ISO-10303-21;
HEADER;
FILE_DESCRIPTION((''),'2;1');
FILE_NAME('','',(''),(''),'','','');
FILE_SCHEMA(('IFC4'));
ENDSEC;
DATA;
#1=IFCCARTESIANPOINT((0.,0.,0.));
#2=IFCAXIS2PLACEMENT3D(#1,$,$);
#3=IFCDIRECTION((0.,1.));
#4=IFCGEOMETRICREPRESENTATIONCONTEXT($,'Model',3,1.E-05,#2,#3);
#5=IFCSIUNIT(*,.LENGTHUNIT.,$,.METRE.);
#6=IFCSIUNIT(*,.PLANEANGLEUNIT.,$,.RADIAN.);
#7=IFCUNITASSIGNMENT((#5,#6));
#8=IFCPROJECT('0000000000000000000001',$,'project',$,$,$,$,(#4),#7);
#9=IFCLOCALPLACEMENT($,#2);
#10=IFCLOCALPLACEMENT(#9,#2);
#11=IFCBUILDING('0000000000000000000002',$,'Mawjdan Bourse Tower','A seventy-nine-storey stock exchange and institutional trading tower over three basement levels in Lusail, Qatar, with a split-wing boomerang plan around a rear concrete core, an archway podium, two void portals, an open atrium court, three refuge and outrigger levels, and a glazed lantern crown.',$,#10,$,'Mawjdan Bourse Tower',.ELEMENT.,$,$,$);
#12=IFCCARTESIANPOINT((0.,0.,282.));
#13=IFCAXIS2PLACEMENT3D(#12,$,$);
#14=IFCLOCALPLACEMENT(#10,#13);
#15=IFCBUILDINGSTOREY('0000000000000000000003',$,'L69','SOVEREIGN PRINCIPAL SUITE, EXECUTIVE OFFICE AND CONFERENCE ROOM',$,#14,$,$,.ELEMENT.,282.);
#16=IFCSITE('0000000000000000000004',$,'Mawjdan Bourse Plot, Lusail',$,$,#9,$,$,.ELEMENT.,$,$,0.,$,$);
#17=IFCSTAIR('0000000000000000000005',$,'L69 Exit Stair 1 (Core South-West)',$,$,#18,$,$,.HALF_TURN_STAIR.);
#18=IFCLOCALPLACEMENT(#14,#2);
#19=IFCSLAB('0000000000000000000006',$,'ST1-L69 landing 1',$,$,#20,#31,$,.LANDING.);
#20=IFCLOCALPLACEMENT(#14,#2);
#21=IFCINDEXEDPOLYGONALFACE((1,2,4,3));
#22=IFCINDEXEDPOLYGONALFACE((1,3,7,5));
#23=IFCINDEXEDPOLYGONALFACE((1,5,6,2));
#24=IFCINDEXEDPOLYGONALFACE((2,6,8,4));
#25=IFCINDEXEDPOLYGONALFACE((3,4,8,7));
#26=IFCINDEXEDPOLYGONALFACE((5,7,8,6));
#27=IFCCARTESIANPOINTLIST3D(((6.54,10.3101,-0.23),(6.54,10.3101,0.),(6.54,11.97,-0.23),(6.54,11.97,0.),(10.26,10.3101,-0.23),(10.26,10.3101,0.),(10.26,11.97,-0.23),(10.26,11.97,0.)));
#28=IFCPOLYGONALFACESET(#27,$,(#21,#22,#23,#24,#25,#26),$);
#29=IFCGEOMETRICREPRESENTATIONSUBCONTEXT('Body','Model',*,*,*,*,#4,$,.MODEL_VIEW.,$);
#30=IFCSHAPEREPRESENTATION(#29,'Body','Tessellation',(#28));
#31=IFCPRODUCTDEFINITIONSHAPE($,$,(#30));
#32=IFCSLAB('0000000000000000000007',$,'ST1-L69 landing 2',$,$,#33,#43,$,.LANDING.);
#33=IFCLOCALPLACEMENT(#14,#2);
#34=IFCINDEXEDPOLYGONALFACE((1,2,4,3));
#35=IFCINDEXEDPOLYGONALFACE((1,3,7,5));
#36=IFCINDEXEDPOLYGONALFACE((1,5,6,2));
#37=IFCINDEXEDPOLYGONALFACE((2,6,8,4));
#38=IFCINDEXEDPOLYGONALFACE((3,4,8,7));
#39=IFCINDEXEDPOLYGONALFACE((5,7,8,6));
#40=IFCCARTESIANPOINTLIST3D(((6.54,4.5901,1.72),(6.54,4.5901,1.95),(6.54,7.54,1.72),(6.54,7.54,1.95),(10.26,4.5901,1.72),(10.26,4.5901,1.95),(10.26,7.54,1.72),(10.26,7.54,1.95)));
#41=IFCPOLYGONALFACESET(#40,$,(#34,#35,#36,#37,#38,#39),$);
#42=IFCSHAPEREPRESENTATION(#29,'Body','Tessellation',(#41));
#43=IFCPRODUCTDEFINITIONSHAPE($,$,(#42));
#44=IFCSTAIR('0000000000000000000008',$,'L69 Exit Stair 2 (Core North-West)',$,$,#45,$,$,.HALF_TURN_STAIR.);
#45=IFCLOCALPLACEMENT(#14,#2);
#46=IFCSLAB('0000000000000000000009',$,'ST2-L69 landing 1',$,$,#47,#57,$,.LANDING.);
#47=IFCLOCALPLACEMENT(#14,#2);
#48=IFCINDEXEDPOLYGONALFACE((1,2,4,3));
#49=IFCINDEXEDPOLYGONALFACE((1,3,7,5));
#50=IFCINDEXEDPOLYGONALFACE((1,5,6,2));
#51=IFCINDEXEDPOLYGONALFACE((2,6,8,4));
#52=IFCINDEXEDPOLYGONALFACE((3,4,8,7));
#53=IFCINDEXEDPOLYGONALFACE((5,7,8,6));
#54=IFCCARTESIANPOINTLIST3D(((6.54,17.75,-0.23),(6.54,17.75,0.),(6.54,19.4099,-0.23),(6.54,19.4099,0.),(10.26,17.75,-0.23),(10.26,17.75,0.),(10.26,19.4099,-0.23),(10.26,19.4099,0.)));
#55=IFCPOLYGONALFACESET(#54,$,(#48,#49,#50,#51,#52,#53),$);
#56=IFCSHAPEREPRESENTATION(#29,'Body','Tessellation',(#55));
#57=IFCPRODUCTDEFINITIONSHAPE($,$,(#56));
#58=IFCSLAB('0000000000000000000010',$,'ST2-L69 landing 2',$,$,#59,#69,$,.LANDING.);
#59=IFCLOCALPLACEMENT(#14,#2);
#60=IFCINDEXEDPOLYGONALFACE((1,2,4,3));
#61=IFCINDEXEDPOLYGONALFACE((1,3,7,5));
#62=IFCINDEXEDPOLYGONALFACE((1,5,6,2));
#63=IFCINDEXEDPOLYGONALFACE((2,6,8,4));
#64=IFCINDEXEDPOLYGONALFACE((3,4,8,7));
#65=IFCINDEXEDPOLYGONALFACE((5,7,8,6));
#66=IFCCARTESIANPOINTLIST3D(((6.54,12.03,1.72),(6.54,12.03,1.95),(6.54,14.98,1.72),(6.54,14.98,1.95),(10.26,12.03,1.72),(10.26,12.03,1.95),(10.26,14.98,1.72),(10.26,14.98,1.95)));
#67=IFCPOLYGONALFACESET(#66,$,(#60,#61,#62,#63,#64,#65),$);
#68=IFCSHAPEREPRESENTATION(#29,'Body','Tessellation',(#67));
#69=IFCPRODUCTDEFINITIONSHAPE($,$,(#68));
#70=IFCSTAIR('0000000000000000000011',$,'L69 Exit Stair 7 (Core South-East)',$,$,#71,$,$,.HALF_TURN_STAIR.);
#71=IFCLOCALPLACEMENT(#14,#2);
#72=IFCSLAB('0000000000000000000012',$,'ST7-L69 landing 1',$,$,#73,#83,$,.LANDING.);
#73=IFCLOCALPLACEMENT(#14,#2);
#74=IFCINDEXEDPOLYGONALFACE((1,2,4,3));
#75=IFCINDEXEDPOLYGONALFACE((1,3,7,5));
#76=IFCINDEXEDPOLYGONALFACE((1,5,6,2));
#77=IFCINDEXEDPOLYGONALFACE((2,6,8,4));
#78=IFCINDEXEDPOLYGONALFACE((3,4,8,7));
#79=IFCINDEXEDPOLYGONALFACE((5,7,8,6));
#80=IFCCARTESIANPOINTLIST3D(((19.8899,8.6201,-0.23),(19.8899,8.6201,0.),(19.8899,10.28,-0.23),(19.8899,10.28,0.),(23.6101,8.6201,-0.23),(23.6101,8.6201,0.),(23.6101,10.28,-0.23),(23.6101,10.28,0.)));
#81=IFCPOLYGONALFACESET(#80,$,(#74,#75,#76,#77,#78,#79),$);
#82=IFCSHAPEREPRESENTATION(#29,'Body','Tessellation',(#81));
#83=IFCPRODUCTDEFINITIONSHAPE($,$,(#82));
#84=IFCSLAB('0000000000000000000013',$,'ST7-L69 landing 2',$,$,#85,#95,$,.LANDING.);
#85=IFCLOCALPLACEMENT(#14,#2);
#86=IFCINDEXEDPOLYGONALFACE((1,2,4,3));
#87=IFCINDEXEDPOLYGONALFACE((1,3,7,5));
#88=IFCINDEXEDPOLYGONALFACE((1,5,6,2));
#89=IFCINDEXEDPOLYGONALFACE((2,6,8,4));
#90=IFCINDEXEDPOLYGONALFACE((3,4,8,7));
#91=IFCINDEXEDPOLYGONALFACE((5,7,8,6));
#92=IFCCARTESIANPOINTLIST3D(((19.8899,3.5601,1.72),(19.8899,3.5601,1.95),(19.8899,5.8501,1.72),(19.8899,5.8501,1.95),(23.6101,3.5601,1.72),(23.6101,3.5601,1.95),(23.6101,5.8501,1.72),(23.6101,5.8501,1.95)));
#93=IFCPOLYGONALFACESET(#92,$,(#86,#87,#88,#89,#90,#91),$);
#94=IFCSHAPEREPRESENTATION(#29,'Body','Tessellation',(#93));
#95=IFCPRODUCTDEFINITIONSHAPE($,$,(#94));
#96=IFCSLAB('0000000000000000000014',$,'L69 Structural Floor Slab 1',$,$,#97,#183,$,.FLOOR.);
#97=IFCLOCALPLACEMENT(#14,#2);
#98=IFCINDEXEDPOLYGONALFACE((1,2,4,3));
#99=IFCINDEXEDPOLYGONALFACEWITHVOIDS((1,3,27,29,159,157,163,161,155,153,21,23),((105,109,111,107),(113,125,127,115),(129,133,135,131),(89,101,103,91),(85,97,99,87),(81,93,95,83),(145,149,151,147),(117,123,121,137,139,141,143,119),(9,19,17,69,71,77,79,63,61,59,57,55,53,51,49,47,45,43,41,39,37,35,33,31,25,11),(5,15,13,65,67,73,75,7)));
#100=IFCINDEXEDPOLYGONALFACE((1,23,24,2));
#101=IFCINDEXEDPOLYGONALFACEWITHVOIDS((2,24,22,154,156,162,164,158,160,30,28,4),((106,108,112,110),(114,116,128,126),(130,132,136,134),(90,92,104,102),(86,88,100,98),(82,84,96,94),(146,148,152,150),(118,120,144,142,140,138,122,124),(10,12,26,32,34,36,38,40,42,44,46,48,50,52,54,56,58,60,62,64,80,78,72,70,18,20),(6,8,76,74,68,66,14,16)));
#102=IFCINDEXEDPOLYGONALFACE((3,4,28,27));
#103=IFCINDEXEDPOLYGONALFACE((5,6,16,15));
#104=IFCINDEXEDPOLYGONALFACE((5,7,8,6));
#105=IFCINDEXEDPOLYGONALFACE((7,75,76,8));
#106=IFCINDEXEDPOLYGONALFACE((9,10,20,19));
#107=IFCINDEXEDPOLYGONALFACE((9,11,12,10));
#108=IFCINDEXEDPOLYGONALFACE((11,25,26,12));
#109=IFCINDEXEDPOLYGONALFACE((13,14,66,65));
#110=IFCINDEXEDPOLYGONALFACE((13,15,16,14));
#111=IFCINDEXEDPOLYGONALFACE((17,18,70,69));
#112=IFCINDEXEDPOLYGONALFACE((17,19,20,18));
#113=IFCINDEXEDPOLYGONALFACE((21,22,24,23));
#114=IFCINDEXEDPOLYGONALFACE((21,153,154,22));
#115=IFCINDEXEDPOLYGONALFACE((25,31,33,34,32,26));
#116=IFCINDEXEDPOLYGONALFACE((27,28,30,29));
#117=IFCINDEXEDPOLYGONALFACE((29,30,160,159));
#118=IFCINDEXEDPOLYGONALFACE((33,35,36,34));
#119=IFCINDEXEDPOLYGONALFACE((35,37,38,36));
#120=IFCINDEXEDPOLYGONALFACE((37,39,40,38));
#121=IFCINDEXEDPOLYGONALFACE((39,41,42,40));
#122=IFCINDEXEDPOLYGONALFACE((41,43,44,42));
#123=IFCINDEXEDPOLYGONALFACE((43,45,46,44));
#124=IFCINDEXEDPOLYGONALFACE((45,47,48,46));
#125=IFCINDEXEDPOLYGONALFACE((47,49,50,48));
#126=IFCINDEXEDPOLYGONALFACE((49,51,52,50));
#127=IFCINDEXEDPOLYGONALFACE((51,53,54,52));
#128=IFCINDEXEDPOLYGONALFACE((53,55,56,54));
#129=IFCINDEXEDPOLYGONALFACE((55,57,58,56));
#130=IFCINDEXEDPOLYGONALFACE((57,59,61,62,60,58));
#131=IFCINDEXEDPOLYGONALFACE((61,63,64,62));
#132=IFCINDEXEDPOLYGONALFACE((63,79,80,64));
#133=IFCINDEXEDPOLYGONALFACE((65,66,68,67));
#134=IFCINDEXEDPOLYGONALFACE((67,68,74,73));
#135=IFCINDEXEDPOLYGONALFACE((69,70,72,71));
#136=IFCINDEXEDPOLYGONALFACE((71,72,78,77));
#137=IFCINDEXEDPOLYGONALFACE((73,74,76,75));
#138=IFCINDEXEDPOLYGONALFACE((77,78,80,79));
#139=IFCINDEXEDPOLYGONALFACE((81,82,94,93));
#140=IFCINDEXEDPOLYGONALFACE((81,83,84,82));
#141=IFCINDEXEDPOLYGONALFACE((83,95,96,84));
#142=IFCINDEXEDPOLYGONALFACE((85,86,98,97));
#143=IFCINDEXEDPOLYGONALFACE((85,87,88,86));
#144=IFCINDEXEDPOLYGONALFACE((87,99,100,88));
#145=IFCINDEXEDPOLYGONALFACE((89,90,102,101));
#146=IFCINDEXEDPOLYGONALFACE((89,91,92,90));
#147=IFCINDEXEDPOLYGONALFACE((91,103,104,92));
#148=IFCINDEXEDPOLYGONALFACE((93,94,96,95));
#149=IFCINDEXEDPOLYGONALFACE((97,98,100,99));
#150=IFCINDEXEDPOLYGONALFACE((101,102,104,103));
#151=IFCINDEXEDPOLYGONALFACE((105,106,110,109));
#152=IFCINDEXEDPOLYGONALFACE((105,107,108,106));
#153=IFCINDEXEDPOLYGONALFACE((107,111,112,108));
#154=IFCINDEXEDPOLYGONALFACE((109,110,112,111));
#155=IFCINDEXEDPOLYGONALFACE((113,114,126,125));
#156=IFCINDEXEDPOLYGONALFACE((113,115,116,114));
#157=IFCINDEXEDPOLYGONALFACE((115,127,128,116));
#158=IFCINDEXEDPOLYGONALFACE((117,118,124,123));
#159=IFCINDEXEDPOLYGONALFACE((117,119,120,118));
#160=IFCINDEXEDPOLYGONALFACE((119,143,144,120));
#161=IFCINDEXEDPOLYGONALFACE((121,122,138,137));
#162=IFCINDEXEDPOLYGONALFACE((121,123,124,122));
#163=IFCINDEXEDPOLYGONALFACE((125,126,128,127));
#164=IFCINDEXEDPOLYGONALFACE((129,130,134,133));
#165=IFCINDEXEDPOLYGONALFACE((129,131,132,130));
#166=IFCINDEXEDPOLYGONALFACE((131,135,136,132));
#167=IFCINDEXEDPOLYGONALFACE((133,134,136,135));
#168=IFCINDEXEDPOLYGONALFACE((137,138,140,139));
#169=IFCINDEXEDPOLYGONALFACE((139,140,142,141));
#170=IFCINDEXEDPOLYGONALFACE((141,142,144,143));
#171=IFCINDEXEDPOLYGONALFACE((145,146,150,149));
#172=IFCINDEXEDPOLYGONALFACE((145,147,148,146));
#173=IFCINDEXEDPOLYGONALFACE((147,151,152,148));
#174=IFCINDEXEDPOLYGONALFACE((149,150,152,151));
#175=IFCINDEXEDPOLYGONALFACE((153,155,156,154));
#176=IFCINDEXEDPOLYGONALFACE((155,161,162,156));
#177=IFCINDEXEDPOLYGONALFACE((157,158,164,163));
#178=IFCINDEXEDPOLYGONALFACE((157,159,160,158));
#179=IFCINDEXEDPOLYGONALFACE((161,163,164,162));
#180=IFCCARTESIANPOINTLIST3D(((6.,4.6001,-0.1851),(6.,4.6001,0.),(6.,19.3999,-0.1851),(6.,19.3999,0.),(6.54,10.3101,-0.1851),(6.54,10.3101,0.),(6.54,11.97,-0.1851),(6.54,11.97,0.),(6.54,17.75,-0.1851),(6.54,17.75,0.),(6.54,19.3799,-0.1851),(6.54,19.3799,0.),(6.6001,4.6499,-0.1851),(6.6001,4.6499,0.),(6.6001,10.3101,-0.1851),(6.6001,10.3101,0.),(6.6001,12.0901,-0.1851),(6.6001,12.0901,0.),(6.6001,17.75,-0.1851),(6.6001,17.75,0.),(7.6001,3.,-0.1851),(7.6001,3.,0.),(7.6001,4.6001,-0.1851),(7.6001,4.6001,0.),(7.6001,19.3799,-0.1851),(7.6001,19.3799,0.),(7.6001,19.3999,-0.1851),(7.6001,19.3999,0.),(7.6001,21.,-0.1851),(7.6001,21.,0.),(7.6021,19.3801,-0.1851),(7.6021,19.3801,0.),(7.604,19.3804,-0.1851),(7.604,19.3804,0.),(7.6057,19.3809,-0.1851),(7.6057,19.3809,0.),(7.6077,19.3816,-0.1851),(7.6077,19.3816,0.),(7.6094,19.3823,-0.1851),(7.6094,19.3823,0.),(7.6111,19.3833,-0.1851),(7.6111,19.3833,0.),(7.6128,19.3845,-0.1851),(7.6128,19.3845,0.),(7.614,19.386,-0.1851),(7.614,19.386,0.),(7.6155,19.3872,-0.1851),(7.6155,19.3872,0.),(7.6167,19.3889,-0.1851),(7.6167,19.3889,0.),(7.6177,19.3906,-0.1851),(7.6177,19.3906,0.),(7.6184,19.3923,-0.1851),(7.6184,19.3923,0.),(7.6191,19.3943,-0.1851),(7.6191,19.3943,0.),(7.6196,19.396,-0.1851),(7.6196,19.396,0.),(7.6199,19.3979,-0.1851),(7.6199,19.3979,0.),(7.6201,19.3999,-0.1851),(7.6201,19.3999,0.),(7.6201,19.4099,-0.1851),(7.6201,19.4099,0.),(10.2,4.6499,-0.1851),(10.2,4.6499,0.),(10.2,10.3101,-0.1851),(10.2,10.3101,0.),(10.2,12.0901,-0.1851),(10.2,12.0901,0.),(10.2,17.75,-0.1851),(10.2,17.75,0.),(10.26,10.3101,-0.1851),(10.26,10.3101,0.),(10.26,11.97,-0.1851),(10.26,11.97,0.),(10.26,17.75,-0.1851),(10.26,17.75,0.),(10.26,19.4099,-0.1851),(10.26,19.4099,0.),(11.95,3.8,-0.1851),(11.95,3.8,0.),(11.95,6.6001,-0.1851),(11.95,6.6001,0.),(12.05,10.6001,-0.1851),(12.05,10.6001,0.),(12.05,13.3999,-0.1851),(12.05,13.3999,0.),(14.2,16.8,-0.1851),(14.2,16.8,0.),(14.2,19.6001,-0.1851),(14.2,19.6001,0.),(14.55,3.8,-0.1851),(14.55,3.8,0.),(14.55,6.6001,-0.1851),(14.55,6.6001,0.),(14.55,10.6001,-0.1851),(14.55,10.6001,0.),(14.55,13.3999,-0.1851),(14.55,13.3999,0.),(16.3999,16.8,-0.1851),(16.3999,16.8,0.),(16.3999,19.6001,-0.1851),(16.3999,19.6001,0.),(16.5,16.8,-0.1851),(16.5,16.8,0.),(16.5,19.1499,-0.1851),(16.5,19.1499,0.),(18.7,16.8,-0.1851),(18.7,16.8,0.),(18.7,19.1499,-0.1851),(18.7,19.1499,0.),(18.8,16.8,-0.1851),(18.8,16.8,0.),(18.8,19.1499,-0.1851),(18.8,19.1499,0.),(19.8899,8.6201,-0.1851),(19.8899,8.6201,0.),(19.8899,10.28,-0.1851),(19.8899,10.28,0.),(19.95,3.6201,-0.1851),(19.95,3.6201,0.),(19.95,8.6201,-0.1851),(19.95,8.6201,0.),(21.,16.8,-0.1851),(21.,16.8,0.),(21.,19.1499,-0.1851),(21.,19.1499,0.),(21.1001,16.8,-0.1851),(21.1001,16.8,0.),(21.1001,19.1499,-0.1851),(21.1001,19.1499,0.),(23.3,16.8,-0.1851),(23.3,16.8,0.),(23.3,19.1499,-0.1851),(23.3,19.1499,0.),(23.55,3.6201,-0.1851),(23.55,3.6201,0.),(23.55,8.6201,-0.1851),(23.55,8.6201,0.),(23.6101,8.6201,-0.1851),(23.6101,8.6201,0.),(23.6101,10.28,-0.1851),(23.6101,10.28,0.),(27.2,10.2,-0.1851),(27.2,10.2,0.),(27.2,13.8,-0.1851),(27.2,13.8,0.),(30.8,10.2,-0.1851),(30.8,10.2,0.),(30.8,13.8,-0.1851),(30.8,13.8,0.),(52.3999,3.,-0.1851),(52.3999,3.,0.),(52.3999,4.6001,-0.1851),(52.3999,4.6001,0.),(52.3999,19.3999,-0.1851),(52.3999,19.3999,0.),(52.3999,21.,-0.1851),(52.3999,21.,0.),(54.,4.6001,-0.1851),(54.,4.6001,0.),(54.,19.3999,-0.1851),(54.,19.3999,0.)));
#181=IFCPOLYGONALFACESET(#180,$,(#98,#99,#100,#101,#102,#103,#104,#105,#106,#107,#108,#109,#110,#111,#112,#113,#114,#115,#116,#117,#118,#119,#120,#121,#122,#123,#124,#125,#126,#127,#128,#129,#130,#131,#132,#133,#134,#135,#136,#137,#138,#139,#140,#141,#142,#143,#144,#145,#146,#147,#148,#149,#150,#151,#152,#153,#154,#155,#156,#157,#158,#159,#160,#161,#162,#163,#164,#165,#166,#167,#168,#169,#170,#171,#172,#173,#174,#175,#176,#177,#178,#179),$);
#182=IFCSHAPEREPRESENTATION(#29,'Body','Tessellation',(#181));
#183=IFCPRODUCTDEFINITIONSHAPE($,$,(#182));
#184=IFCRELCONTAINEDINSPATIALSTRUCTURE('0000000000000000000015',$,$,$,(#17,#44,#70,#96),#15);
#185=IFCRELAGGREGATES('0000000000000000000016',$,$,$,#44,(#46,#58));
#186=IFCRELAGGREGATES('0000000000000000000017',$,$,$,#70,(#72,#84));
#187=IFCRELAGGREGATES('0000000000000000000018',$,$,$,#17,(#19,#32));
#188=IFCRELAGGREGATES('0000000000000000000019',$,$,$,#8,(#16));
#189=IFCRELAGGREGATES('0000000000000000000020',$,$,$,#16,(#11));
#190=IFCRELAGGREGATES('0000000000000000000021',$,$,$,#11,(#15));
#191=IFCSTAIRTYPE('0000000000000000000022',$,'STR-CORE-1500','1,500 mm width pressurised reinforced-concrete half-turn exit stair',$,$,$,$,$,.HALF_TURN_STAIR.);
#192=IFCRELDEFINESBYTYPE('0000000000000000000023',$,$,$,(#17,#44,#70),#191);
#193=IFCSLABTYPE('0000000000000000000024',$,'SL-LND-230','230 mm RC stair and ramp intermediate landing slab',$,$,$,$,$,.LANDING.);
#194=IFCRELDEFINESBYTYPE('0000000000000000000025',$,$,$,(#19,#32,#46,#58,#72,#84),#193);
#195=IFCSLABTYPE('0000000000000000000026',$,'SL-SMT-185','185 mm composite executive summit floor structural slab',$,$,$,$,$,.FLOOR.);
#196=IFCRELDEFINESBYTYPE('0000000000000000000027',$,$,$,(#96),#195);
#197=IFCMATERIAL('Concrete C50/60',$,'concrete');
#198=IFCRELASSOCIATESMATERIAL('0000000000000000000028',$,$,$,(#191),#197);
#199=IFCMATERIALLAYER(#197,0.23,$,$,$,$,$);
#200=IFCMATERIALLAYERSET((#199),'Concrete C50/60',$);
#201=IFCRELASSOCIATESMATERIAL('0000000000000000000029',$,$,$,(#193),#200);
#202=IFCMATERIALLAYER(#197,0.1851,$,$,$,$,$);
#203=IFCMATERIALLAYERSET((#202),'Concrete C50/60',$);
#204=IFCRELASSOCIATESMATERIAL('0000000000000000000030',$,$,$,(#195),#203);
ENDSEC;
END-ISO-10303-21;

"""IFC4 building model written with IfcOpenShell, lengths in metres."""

from ifc_helpers import new_model, si_unit, direction, frame, origin, place, context, subcontext, project, spatial, polyline, outline, extrude, material, layer, layer_set, type_object, element, aggregate, save


model = new_model("IFC4")

# Units and contexts
model_context = context("Model", 3, precision=1e-05, world=origin(), true_north=direction((0.0, 1.0)))
body_context = subcontext(model_context, "Body", "Model", "MODEL_VIEW")
ifc_project = project(units=[si_unit("LENGTHUNIT", "METRE"), si_unit("PLANEANGLEUNIT", "RADIAN")], contexts=[model_context])

# Site, building, storey
site_placement = place(None, origin())
site = spatial("IfcSite", under=ifc_project, at=site_placement, Name="Mawjdan Bourse Plot, Lusail", CompositionType="ELEMENT", RefElevation=0.0)
building_placement = place(site_placement, origin())
building = spatial("IfcBuilding", under=site, at=building_placement, Name="Mawjdan Bourse Tower", Description="A seventy-nine-storey stock exchange and institutional trading tower over three basement levels in Lusail, Qatar, with a split-wing boomerang plan around a rear concrete core, an archway podium, two void portals, an open atrium court, three refuge and outrigger levels, and a glazed lantern crown.", LongName="Mawjdan Bourse Tower", CompositionType="ELEMENT")
storey_placement = place(building_placement, frame((0.0, 0.0, 282.0)))
storey = spatial("IfcBuildingStorey", under=building, at=storey_placement, Name="L69", Description="SOVEREIGN PRINCIPAL SUITE, EXECUTIVE OFFICE AND CONFERENCE ROOM", CompositionType="ELEMENT", Elevation=282.0)

# Stairs, slabs
ifc_material_1 = material(Name="Concrete C50/60", Category="concrete")
stair_type = type_object("IfcStairType", Name="STR-CORE-1500", Description="1,500 mm width pressurised reinforced-concrete half-turn exit stair", PredefinedType="HALF_TURN_STAIR", material=ifc_material_1)
stair_1_placement = place(storey_placement, origin())
stair_1 = element("IfcStair", 1, at=stair_1_placement, inside=storey, type_object=stair_type, Name="L69 Exit Stair 1 (Core South-West)", PredefinedType="HALF_TURN_STAIR")
ifc_layer_1 = layer(ifc_material_1, 0.23)
ifc_layer_set_1 = layer_set([ifc_layer_1], Name="Concrete C50/60")
slab_type_1 = type_object("IfcSlabType", Name="SL-LND-230", Description="230 mm RC stair and ramp intermediate landing slab", PredefinedType="LANDING", material=ifc_layer_set_1)
slab_1_placement = place(storey_placement, frame((0.0, 0.0, -0.23)))
slab_1 = element("IfcSlab", 2, at=slab_1_placement, type_object=slab_type_1, Name="ST1-L69 landing 1", PredefinedType="LANDING", context=body_context, shape_type="SweptSolid", body=[
    extrude(outline(polyline([(6.54, 10.3101), (10.26, 10.3101), (10.26, 11.97), (6.54, 11.97), (6.54, 10.3101)])), origin(), (0.0, 0.0, 1.0), 0.23),
])
slab_2_placement = place(storey_placement, frame((0.0, 0.0, 1.72)))
slab_2 = element("IfcSlab", 3, at=slab_2_placement, type_object=slab_type_1, Name="ST1-L69 landing 2", PredefinedType="LANDING", context=body_context, shape_type="SweptSolid", body=[
    extrude(outline(polyline([(6.54, 4.5901), (10.26, 4.5901), (10.26, 7.54), (6.54, 7.54), (6.54, 4.5901)])), origin(), (0.0, 0.0, 1.0), 0.23),
])
stair_2_placement = place(storey_placement, origin())
stair_2 = element("IfcStair", 4, at=stair_2_placement, inside=storey, type_object=stair_type, Name="L69 Exit Stair 2 (Core North-West)", PredefinedType="HALF_TURN_STAIR")
slab_3_placement = place(storey_placement, frame((0.0, 0.0, -0.23)))
slab_3 = element("IfcSlab", 5, at=slab_3_placement, type_object=slab_type_1, Name="ST2-L69 landing 1", PredefinedType="LANDING", context=body_context, shape_type="SweptSolid", body=[
    extrude(outline(polyline([(6.54, 17.75), (10.26, 17.75), (10.26, 19.4099), (6.54, 19.4099), (6.54, 17.75)])), origin(), (0.0, 0.0, 1.0), 0.23),
])
slab_4_placement = place(storey_placement, frame((0.0, 0.0, 1.72)))
slab_4 = element("IfcSlab", 6, at=slab_4_placement, type_object=slab_type_1, Name="ST2-L69 landing 2", PredefinedType="LANDING", context=body_context, shape_type="SweptSolid", body=[
    extrude(outline(polyline([(6.54, 12.03), (10.26, 12.03), (10.26, 14.98), (6.54, 14.98), (6.54, 12.03)])), origin(), (0.0, 0.0, 1.0), 0.23),
])
aggregate(stair_2, [slab_3, slab_4])
stair_3_placement = place(storey_placement, origin())
stair_3 = element("IfcStair", 7, at=stair_3_placement, inside=storey, type_object=stair_type, Name="L69 Exit Stair 7 (Core South-East)", PredefinedType="HALF_TURN_STAIR")
slab_5_placement = place(storey_placement, frame((0.0, 0.0, -0.23)))
slab_5 = element("IfcSlab", 8, at=slab_5_placement, type_object=slab_type_1, Name="ST7-L69 landing 1", PredefinedType="LANDING", context=body_context, shape_type="SweptSolid", body=[
    extrude(outline(polyline([(19.8899, 8.6201), (23.6101, 8.6201), (23.6101, 10.28), (19.8899, 10.28), (19.8899, 8.6201)])), origin(), (0.0, 0.0, 1.0), 0.23),
])
slab_6_placement = place(storey_placement, frame((0.0, 0.0, 1.72)))
slab_6 = element("IfcSlab", 9, at=slab_6_placement, type_object=slab_type_1, Name="ST7-L69 landing 2", PredefinedType="LANDING", context=body_context, shape_type="SweptSolid", body=[
    extrude(outline(polyline([(19.8899, 3.5601), (23.6101, 3.5601), (23.6101, 5.8501), (19.8899, 5.8501), (19.8899, 3.5601)])), origin(), (0.0, 0.0, 1.0), 0.23),
])
aggregate(stair_3, [slab_5, slab_6])

# Slab
ifc_layer_2 = layer(ifc_material_1, 0.1851)
ifc_layer_set_2 = layer_set([ifc_layer_2], Name="Concrete C50/60")
slab_type_2 = type_object("IfcSlabType", Name="SL-SMT-185", Description="185 mm composite executive summit floor structural slab", PredefinedType="FLOOR", material=ifc_layer_set_2)
slab_7_placement = place(storey_placement, frame((0.0, 0.0, -0.1851)))
element("IfcSlab", 10, at=slab_7_placement, inside=storey, type_object=slab_type_2, Name="L69 Structural Floor Slab 1", PredefinedType="FLOOR", context=body_context, shape_type="SweptSolid", body=[
    extrude(outline(polyline([(7.6001, 3.0), (52.3999, 3.0), (52.3999, 4.6001), (54.0, 4.6001), (54.0, 19.3999), (52.3999, 19.3999), (52.3999, 21.0), (7.6001, 21.0), (7.6001, 19.3999), (6.0, 19.3999), (6.0, 4.6001), (7.6001, 4.6001), (7.6001, 3.0)]), holes=[polyline([(14.55, 3.8), (11.95, 3.8), (11.95, 6.6001), (14.55, 6.6001), (14.55, 3.8)]), polyline([(10.26, 11.97), (10.26, 10.3101), (10.2, 10.3101), (10.2, 4.6499), (6.6001, 4.6499), (6.6001, 10.3101), (6.54, 10.3101), (6.54, 11.97), (10.26, 11.97)]), polyline([(14.55, 10.6001), (12.05, 10.6001), (12.05, 13.3999), (14.55, 13.3999), (14.55, 10.6001)]), polyline([(6.6001, 12.0901), (6.6001, 17.75), (6.54, 17.75), (6.54, 19.3799), (7.6001, 19.3799), (7.6021, 19.3801), (7.604, 19.3804), (7.6057, 19.3809), (7.6077, 19.3816), (7.6094, 19.3823), (7.6111, 19.3833), (7.6128, 19.3845), (7.614, 19.386), (7.6155, 19.3872), (7.6167, 19.3889), (7.6177, 19.3906), (7.6184, 19.3923), (7.6191, 19.3943), (7.6196, 19.396), (7.6199, 19.3979), (7.6201, 19.3999), (7.6201, 19.4099), (10.26, 19.4099), (10.26, 17.75), (10.2, 17.75), (10.2, 12.0901), (6.6001, 12.0901)]), polyline([(14.2, 16.8), (14.2, 19.6001), (16.3999, 19.6001), (16.3999, 16.8), (14.2, 16.8)]), polyline([(23.6101, 10.28), (23.6101, 8.6201), (23.55, 8.6201), (23.55, 3.6201), (19.95, 3.6201), (19.95, 8.6201), (19.8899, 8.6201), (19.8899, 10.28), (23.6101, 10.28)]), polyline([(27.2, 10.2), (27.2, 13.8), (30.8, 13.8), (30.8, 10.2), (27.2, 10.2)]), polyline([(16.5, 16.8), (16.5, 19.1499), (18.7, 19.1499), (18.7, 16.8), (16.5, 16.8)]), polyline([(18.8, 16.8), (18.8, 19.1499), (21.0, 19.1499), (21.0, 16.8), (18.8, 16.8)]), polyline([(21.1001, 16.8), (21.1001, 19.1499), (23.3, 19.1499), (23.3, 16.8), (21.1001, 16.8)])]), origin(), (0.0, 0.0, 1.0), 0.1851),
])

aggregate(stair_1, [slab_1, slab_2])

save(model, "model.ifc")
